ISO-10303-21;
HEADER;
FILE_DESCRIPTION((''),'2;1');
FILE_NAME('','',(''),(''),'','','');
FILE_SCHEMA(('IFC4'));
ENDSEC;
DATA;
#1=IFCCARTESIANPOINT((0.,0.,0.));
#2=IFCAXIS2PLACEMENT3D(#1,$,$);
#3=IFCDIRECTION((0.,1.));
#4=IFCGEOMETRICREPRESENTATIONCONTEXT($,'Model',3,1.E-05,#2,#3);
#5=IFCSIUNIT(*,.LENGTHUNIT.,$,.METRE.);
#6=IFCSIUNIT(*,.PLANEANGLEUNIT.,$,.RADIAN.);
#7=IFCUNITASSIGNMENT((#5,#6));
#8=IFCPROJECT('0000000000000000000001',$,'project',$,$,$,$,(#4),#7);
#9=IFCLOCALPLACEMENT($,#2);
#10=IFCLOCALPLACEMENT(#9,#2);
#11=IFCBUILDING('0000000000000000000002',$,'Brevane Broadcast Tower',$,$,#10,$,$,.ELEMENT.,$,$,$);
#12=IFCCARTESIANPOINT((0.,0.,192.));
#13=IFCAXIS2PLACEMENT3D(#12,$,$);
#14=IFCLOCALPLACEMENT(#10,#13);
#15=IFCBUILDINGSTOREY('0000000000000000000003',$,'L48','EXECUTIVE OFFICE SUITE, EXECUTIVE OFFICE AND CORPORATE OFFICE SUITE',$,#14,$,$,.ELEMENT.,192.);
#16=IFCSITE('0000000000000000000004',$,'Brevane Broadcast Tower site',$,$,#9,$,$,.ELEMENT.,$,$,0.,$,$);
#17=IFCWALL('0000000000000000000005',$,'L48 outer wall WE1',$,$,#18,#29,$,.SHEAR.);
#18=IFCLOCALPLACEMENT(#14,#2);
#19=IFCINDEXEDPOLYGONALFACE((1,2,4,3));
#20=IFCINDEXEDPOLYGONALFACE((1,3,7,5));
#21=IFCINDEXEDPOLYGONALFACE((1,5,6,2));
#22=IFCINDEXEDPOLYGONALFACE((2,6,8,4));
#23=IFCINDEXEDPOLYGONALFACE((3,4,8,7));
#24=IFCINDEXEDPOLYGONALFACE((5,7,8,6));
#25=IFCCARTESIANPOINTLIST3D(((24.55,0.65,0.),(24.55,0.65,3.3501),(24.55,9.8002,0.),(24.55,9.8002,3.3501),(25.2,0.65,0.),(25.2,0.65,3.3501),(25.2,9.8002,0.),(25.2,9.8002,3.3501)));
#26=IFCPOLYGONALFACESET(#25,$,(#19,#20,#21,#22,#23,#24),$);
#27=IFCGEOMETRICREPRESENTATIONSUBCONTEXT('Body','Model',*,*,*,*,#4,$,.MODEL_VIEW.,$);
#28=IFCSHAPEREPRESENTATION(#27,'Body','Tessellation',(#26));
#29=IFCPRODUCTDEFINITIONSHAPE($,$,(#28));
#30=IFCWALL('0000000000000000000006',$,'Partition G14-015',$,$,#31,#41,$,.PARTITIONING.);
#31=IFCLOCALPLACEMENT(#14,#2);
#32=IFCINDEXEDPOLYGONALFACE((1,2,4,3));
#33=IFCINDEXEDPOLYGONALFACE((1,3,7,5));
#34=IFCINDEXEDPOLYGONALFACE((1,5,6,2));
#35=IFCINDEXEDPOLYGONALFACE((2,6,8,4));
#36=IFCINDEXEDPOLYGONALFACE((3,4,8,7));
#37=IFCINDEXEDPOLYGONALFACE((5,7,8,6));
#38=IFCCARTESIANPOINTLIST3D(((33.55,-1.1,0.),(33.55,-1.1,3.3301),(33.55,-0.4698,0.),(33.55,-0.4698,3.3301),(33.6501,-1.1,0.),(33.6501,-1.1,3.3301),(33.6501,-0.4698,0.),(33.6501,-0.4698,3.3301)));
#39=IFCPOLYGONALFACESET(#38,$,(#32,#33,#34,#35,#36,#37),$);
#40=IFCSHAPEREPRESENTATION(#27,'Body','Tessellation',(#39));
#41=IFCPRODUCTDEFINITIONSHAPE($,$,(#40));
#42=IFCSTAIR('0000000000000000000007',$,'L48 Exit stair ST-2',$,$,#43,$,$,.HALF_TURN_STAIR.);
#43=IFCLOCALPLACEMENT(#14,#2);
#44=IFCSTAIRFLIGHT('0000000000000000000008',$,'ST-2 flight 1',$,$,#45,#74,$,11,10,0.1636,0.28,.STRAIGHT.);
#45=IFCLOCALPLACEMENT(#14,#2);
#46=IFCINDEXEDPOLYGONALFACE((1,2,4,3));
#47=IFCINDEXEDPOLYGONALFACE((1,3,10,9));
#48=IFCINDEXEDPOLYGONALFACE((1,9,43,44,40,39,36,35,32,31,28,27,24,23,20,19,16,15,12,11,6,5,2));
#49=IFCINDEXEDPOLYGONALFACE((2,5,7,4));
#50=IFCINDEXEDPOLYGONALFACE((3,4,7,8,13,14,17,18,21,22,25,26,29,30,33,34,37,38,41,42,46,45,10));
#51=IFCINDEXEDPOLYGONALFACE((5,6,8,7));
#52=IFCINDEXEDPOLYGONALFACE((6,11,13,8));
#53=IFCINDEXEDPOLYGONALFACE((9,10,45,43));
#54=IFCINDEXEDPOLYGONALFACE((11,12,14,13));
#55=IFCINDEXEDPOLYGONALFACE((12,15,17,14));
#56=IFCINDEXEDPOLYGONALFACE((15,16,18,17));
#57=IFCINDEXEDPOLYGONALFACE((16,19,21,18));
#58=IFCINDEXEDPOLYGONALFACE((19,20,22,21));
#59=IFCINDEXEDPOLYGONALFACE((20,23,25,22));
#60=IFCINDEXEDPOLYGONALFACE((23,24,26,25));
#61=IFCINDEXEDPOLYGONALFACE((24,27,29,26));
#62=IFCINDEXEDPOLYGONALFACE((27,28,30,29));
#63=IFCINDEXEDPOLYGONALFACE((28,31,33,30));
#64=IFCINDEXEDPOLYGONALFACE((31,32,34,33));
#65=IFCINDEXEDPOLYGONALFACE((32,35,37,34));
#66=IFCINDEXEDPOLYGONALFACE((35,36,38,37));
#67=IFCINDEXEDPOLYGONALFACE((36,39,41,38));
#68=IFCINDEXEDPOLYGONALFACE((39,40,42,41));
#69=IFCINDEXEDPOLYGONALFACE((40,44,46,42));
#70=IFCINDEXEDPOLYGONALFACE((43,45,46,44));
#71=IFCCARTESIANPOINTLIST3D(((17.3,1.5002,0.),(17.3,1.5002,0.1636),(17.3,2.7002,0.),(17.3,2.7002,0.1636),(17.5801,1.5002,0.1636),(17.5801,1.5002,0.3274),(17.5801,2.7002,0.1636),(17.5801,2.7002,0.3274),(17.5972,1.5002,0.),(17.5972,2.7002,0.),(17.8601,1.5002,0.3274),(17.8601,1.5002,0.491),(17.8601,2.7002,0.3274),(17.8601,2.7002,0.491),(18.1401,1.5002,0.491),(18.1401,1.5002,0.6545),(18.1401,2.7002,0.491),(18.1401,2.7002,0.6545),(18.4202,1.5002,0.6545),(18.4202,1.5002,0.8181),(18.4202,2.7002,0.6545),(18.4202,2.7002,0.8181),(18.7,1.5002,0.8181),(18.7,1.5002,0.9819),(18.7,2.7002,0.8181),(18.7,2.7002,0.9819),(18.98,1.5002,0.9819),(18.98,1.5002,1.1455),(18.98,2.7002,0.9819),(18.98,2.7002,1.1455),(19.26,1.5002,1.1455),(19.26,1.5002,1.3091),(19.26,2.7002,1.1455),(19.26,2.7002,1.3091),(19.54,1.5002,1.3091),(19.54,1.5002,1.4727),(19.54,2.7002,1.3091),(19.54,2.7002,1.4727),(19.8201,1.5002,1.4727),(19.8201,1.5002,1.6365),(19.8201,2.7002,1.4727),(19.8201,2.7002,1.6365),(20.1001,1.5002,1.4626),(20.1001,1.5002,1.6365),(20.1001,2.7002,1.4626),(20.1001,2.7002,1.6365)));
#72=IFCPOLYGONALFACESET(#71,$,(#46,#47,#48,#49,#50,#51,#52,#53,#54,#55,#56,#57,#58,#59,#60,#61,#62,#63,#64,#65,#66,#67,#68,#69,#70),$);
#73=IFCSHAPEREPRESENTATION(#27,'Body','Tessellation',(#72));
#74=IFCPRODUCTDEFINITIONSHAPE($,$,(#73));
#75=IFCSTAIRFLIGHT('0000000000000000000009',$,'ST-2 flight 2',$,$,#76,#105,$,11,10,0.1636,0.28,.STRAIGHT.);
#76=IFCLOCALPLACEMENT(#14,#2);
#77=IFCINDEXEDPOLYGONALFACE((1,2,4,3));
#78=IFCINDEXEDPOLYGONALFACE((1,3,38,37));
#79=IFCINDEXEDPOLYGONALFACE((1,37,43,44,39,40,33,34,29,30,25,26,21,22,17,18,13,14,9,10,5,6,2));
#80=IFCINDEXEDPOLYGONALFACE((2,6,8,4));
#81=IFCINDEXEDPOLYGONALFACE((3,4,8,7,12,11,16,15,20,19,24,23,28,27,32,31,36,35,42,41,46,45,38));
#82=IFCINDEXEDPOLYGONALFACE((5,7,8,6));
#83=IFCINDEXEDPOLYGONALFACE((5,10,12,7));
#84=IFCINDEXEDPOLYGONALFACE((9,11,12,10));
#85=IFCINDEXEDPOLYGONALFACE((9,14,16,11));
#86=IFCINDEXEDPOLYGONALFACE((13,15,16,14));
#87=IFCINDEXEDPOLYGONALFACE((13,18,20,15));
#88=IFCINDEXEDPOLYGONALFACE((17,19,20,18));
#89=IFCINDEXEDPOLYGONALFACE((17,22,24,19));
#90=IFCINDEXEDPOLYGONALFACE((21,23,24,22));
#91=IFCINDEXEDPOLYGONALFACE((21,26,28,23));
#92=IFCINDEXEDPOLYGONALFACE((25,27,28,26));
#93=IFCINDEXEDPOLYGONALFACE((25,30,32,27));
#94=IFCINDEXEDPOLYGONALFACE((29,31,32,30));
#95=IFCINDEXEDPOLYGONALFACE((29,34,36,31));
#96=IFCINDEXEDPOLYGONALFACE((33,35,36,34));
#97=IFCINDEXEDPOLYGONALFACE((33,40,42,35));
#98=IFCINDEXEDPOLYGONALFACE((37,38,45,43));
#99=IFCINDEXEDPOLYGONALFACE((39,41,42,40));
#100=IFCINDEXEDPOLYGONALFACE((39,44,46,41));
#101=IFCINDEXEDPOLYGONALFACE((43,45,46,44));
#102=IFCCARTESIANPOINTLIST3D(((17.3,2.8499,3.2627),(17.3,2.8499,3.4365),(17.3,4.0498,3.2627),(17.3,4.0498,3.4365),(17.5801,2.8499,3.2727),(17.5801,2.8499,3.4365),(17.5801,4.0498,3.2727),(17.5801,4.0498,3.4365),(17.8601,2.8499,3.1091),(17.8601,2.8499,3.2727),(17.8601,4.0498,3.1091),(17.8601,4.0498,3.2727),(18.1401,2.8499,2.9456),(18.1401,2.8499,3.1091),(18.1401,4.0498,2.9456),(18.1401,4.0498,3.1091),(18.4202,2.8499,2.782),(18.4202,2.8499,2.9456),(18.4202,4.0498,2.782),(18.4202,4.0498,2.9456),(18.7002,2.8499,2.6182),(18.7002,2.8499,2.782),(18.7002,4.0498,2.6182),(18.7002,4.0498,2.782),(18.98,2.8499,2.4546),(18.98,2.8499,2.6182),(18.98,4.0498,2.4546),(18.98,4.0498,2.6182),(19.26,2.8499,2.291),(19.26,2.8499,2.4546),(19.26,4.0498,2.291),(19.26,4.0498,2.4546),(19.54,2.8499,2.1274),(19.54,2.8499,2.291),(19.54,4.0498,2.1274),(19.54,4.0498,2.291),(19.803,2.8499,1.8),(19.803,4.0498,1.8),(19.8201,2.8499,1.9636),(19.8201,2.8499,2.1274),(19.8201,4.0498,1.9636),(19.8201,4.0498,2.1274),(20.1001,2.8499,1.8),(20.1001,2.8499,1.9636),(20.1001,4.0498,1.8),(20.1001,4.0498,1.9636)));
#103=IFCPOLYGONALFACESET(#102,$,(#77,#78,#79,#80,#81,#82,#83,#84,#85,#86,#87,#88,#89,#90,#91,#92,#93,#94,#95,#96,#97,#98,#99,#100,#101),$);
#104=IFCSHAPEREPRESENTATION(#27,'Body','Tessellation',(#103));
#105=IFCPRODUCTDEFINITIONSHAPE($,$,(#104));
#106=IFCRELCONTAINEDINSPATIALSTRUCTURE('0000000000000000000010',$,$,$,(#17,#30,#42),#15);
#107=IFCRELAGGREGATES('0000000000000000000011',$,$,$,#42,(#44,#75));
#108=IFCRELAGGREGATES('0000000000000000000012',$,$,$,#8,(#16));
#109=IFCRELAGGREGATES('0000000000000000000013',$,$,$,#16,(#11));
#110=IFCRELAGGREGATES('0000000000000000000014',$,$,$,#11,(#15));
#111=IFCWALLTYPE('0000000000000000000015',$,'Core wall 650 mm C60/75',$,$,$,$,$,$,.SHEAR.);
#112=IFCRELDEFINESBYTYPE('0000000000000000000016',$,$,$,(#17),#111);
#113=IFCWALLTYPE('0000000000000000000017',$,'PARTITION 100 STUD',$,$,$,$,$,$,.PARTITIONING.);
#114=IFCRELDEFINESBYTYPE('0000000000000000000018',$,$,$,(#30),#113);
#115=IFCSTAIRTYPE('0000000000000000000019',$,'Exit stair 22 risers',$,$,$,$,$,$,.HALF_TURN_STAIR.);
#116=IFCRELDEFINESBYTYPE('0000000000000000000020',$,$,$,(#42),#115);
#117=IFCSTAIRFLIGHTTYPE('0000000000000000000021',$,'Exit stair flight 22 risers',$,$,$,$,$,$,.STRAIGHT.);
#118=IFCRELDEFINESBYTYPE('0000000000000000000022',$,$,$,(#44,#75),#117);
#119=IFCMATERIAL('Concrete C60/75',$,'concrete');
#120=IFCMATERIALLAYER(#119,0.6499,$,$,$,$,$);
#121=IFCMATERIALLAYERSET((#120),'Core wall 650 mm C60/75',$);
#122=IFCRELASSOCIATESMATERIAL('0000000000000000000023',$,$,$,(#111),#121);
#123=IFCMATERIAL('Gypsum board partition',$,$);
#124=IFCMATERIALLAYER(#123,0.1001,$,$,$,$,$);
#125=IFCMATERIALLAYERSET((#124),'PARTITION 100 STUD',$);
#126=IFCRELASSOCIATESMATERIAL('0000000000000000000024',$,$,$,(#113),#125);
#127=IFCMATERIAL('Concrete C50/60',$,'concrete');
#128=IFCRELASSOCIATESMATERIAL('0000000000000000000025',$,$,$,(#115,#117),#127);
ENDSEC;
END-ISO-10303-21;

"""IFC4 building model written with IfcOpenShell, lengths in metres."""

from ifc_helpers import new_model, si_unit, direction, frame, frame_2d, origin, place, context, subcontext, project, spatial, polyline, rectangle, outline, extrude, material, layer, layer_set, type_object, element, aggregate, save


model = new_model("IFC4")

# Units and contexts
model_context = context("Model", 3, precision=1e-05, world=origin(), true_north=direction((0.0, 1.0)))
body_context = subcontext(model_context, "Body", "Model", "MODEL_VIEW")
ifc_project = project(units=[si_unit("LENGTHUNIT", "METRE"), si_unit("PLANEANGLEUNIT", "RADIAN")], contexts=[model_context])

# Site, building, storey
site_placement = place(None, origin())
site = spatial("IfcSite", under=ifc_project, at=site_placement, Name="Brevane Broadcast Tower site", CompositionType="ELEMENT", RefElevation=0.0)
building_placement = place(site_placement, origin())
building = spatial("IfcBuilding", under=site, at=building_placement, Name="Brevane Broadcast Tower", CompositionType="ELEMENT")
storey_placement = place(building_placement, frame((0.0, 0.0, 192.0)))
storey = spatial("IfcBuildingStorey", under=building, at=storey_placement, Name="L48", Description="EXECUTIVE OFFICE SUITE, EXECUTIVE OFFICE AND CORPORATE OFFICE SUITE", CompositionType="ELEMENT", Elevation=192.0)

# Shared definitions
ifc_material_1 = material(Name="Concrete C60/75", Category="concrete")

# Walls
ifc_layer_1 = layer(ifc_material_1, 0.6499)
ifc_layer_set_1 = layer_set([ifc_layer_1], Name="Core wall 650 mm C60/75")
wall_type_1 = type_object("IfcWallType", Name="Core wall 650 mm C60/75", PredefinedType="SHEAR", material=ifc_layer_set_1)
wall_1_placement = place(storey_placement, frame((24.875, 0.6499, 0.0), z_axis=(0.0, 0.0, 1.0), x_axis=(0.0, 1.0, 0.0)))
element("IfcWall", 1, at=wall_1_placement, inside=storey, type_object=wall_type_1, Name="L48 outer wall WE1", PredefinedType="SHEAR", context=body_context, shape_type="SweptSolid", body=[
    extrude(rectangle(XDim=9.1501, YDim=0.6499, at=frame_2d((4.5752, 0.0))), origin(), (0.0, 0.0, 1.0), 3.3501),
])
ifc_material_2 = material(Name="Gypsum board partition")
ifc_layer_2 = layer(ifc_material_2, 0.1001)
ifc_layer_set_2 = layer_set([ifc_layer_2], Name="PARTITION 100 STUD")
wall_type_2 = type_object("IfcWallType", Name="PARTITION 100 STUD", PredefinedType="PARTITIONING", material=ifc_layer_set_2)
wall_2_placement = place(storey_placement, frame((33.6001, -0.47, 0.0), z_axis=(0.0, 0.0, 1.0), x_axis=(0.0, -1.0, 0.0)))
element("IfcWall", 2, at=wall_2_placement, inside=storey, type_object=wall_type_2, Name="Partition G14-015", PredefinedType="PARTITIONING", context=body_context, shape_type="SweptSolid", body=[
    extrude(rectangle(XDim=0.6301, YDim=0.1001, at=frame_2d((0.3149, 0.0))), origin(), (0.0, 0.0, 1.0), 3.3301),
])

# Stair, stair flights
ifc_material_3 = material(Name="Concrete C50/60", Category="concrete")
stair_type = type_object("IfcStairType", Name="Exit stair 22 risers", PredefinedType="HALF_TURN_STAIR", material=ifc_material_3)
stair_placement = place(storey_placement, origin())
stair = element("IfcStair", 3, at=stair_placement, inside=storey, type_object=stair_type, Name="L48 Exit stair ST-2", PredefinedType="HALF_TURN_STAIR")
stair_flight_type = type_object("IfcStairFlightType", Name="Exit stair flight 22 risers", PredefinedType="STRAIGHT", material=ifc_material_3)
stair_flight_1_placement = place(storey_placement, frame((17.3, 2.1001, 0.0), z_axis=(0.0, 0.0, 1.0), x_axis=(1.0, 0.0, 0.0)))
stair_flight_1 = element("IfcStairFlight", 4, at=stair_flight_1_placement, type_object=stair_flight_type, Name="ST-2 flight 1", NumberOfRisers=11, NumberOfTreads=10, PredefinedType="STRAIGHT", RiserHeight=0.1636, TreadLength=0.28, context=body_context, shape_type="SweptSolid", body=[
    extrude(outline(polyline([(0.0, 0.0), (0.0, 0.1636), (0.28, 0.1636), (0.28, 0.3274), (0.5601, 0.3274), (0.5601, 0.491), (0.8401, 0.491), (0.8401, 0.6545), (1.1201, 0.6545), (1.1201, 0.8181), (1.3999, 0.8181), (1.3999, 0.9819), (1.6799, 0.9819), (1.6799, 1.1455), (1.96, 1.1455), (1.96, 1.3091), (2.24, 1.3091), (2.24, 1.4727), (2.52, 1.4727), (2.52, 1.6365), (2.8, 1.6365), (2.8, 1.8), (2.8, 1.4626), (0.2971, 0.0), (0.0, 0.0)])), frame((0.0, 0.6001, 0.0), z_axis=(0.0, -1.0, 0.0), x_axis=(1.0, 0.0, 0.0)), (0.0, 0.0, 1.0), 1.2),
])
stair_flight_2_placement = place(storey_placement, frame((20.1001, 3.45, 1.8), z_axis=(0.0, 0.0, 1.0), x_axis=(-1.0, 0.0, 0.0)))
stair_flight_2 = element("IfcStairFlight", 5, at=stair_flight_2_placement, type_object=stair_flight_type, Name="ST-2 flight 2", NumberOfRisers=11, NumberOfTreads=10, PredefinedType="STRAIGHT", RiserHeight=0.1636, TreadLength=0.28, context=body_context, shape_type="SweptSolid", body=[
    extrude(outline(polyline([(0.0, 0.0), (0.0, 0.1636), (0.28, 0.1636), (0.28, 0.3274), (0.5601, 0.3274), (0.5601, 0.491), (0.8401, 0.491), (0.8401, 0.6545), (1.1201, 0.6545), (1.1201, 0.8181), (1.3999, 0.8181), (1.3999, 0.9819), (1.6799, 0.9819), (1.6799, 1.1455), (1.96, 1.1455), (1.96, 1.3091), (2.24, 1.3091), (2.24, 1.4727), (2.52, 1.4727), (2.52, 1.6365), (2.8, 1.6365), (2.8, 1.8), (2.8, 1.4626), (0.2971, 0.0), (0.0, 0.0)])), frame((0.0, 0.6001, 0.0), z_axis=(0.0, -1.0, 0.0), x_axis=(1.0, 0.0, 0.0)), (0.0, 0.0, 1.0), 1.2),
])
aggregate(stair, [stair_flight_1, stair_flight_2])

save(model, "model.ifc")
